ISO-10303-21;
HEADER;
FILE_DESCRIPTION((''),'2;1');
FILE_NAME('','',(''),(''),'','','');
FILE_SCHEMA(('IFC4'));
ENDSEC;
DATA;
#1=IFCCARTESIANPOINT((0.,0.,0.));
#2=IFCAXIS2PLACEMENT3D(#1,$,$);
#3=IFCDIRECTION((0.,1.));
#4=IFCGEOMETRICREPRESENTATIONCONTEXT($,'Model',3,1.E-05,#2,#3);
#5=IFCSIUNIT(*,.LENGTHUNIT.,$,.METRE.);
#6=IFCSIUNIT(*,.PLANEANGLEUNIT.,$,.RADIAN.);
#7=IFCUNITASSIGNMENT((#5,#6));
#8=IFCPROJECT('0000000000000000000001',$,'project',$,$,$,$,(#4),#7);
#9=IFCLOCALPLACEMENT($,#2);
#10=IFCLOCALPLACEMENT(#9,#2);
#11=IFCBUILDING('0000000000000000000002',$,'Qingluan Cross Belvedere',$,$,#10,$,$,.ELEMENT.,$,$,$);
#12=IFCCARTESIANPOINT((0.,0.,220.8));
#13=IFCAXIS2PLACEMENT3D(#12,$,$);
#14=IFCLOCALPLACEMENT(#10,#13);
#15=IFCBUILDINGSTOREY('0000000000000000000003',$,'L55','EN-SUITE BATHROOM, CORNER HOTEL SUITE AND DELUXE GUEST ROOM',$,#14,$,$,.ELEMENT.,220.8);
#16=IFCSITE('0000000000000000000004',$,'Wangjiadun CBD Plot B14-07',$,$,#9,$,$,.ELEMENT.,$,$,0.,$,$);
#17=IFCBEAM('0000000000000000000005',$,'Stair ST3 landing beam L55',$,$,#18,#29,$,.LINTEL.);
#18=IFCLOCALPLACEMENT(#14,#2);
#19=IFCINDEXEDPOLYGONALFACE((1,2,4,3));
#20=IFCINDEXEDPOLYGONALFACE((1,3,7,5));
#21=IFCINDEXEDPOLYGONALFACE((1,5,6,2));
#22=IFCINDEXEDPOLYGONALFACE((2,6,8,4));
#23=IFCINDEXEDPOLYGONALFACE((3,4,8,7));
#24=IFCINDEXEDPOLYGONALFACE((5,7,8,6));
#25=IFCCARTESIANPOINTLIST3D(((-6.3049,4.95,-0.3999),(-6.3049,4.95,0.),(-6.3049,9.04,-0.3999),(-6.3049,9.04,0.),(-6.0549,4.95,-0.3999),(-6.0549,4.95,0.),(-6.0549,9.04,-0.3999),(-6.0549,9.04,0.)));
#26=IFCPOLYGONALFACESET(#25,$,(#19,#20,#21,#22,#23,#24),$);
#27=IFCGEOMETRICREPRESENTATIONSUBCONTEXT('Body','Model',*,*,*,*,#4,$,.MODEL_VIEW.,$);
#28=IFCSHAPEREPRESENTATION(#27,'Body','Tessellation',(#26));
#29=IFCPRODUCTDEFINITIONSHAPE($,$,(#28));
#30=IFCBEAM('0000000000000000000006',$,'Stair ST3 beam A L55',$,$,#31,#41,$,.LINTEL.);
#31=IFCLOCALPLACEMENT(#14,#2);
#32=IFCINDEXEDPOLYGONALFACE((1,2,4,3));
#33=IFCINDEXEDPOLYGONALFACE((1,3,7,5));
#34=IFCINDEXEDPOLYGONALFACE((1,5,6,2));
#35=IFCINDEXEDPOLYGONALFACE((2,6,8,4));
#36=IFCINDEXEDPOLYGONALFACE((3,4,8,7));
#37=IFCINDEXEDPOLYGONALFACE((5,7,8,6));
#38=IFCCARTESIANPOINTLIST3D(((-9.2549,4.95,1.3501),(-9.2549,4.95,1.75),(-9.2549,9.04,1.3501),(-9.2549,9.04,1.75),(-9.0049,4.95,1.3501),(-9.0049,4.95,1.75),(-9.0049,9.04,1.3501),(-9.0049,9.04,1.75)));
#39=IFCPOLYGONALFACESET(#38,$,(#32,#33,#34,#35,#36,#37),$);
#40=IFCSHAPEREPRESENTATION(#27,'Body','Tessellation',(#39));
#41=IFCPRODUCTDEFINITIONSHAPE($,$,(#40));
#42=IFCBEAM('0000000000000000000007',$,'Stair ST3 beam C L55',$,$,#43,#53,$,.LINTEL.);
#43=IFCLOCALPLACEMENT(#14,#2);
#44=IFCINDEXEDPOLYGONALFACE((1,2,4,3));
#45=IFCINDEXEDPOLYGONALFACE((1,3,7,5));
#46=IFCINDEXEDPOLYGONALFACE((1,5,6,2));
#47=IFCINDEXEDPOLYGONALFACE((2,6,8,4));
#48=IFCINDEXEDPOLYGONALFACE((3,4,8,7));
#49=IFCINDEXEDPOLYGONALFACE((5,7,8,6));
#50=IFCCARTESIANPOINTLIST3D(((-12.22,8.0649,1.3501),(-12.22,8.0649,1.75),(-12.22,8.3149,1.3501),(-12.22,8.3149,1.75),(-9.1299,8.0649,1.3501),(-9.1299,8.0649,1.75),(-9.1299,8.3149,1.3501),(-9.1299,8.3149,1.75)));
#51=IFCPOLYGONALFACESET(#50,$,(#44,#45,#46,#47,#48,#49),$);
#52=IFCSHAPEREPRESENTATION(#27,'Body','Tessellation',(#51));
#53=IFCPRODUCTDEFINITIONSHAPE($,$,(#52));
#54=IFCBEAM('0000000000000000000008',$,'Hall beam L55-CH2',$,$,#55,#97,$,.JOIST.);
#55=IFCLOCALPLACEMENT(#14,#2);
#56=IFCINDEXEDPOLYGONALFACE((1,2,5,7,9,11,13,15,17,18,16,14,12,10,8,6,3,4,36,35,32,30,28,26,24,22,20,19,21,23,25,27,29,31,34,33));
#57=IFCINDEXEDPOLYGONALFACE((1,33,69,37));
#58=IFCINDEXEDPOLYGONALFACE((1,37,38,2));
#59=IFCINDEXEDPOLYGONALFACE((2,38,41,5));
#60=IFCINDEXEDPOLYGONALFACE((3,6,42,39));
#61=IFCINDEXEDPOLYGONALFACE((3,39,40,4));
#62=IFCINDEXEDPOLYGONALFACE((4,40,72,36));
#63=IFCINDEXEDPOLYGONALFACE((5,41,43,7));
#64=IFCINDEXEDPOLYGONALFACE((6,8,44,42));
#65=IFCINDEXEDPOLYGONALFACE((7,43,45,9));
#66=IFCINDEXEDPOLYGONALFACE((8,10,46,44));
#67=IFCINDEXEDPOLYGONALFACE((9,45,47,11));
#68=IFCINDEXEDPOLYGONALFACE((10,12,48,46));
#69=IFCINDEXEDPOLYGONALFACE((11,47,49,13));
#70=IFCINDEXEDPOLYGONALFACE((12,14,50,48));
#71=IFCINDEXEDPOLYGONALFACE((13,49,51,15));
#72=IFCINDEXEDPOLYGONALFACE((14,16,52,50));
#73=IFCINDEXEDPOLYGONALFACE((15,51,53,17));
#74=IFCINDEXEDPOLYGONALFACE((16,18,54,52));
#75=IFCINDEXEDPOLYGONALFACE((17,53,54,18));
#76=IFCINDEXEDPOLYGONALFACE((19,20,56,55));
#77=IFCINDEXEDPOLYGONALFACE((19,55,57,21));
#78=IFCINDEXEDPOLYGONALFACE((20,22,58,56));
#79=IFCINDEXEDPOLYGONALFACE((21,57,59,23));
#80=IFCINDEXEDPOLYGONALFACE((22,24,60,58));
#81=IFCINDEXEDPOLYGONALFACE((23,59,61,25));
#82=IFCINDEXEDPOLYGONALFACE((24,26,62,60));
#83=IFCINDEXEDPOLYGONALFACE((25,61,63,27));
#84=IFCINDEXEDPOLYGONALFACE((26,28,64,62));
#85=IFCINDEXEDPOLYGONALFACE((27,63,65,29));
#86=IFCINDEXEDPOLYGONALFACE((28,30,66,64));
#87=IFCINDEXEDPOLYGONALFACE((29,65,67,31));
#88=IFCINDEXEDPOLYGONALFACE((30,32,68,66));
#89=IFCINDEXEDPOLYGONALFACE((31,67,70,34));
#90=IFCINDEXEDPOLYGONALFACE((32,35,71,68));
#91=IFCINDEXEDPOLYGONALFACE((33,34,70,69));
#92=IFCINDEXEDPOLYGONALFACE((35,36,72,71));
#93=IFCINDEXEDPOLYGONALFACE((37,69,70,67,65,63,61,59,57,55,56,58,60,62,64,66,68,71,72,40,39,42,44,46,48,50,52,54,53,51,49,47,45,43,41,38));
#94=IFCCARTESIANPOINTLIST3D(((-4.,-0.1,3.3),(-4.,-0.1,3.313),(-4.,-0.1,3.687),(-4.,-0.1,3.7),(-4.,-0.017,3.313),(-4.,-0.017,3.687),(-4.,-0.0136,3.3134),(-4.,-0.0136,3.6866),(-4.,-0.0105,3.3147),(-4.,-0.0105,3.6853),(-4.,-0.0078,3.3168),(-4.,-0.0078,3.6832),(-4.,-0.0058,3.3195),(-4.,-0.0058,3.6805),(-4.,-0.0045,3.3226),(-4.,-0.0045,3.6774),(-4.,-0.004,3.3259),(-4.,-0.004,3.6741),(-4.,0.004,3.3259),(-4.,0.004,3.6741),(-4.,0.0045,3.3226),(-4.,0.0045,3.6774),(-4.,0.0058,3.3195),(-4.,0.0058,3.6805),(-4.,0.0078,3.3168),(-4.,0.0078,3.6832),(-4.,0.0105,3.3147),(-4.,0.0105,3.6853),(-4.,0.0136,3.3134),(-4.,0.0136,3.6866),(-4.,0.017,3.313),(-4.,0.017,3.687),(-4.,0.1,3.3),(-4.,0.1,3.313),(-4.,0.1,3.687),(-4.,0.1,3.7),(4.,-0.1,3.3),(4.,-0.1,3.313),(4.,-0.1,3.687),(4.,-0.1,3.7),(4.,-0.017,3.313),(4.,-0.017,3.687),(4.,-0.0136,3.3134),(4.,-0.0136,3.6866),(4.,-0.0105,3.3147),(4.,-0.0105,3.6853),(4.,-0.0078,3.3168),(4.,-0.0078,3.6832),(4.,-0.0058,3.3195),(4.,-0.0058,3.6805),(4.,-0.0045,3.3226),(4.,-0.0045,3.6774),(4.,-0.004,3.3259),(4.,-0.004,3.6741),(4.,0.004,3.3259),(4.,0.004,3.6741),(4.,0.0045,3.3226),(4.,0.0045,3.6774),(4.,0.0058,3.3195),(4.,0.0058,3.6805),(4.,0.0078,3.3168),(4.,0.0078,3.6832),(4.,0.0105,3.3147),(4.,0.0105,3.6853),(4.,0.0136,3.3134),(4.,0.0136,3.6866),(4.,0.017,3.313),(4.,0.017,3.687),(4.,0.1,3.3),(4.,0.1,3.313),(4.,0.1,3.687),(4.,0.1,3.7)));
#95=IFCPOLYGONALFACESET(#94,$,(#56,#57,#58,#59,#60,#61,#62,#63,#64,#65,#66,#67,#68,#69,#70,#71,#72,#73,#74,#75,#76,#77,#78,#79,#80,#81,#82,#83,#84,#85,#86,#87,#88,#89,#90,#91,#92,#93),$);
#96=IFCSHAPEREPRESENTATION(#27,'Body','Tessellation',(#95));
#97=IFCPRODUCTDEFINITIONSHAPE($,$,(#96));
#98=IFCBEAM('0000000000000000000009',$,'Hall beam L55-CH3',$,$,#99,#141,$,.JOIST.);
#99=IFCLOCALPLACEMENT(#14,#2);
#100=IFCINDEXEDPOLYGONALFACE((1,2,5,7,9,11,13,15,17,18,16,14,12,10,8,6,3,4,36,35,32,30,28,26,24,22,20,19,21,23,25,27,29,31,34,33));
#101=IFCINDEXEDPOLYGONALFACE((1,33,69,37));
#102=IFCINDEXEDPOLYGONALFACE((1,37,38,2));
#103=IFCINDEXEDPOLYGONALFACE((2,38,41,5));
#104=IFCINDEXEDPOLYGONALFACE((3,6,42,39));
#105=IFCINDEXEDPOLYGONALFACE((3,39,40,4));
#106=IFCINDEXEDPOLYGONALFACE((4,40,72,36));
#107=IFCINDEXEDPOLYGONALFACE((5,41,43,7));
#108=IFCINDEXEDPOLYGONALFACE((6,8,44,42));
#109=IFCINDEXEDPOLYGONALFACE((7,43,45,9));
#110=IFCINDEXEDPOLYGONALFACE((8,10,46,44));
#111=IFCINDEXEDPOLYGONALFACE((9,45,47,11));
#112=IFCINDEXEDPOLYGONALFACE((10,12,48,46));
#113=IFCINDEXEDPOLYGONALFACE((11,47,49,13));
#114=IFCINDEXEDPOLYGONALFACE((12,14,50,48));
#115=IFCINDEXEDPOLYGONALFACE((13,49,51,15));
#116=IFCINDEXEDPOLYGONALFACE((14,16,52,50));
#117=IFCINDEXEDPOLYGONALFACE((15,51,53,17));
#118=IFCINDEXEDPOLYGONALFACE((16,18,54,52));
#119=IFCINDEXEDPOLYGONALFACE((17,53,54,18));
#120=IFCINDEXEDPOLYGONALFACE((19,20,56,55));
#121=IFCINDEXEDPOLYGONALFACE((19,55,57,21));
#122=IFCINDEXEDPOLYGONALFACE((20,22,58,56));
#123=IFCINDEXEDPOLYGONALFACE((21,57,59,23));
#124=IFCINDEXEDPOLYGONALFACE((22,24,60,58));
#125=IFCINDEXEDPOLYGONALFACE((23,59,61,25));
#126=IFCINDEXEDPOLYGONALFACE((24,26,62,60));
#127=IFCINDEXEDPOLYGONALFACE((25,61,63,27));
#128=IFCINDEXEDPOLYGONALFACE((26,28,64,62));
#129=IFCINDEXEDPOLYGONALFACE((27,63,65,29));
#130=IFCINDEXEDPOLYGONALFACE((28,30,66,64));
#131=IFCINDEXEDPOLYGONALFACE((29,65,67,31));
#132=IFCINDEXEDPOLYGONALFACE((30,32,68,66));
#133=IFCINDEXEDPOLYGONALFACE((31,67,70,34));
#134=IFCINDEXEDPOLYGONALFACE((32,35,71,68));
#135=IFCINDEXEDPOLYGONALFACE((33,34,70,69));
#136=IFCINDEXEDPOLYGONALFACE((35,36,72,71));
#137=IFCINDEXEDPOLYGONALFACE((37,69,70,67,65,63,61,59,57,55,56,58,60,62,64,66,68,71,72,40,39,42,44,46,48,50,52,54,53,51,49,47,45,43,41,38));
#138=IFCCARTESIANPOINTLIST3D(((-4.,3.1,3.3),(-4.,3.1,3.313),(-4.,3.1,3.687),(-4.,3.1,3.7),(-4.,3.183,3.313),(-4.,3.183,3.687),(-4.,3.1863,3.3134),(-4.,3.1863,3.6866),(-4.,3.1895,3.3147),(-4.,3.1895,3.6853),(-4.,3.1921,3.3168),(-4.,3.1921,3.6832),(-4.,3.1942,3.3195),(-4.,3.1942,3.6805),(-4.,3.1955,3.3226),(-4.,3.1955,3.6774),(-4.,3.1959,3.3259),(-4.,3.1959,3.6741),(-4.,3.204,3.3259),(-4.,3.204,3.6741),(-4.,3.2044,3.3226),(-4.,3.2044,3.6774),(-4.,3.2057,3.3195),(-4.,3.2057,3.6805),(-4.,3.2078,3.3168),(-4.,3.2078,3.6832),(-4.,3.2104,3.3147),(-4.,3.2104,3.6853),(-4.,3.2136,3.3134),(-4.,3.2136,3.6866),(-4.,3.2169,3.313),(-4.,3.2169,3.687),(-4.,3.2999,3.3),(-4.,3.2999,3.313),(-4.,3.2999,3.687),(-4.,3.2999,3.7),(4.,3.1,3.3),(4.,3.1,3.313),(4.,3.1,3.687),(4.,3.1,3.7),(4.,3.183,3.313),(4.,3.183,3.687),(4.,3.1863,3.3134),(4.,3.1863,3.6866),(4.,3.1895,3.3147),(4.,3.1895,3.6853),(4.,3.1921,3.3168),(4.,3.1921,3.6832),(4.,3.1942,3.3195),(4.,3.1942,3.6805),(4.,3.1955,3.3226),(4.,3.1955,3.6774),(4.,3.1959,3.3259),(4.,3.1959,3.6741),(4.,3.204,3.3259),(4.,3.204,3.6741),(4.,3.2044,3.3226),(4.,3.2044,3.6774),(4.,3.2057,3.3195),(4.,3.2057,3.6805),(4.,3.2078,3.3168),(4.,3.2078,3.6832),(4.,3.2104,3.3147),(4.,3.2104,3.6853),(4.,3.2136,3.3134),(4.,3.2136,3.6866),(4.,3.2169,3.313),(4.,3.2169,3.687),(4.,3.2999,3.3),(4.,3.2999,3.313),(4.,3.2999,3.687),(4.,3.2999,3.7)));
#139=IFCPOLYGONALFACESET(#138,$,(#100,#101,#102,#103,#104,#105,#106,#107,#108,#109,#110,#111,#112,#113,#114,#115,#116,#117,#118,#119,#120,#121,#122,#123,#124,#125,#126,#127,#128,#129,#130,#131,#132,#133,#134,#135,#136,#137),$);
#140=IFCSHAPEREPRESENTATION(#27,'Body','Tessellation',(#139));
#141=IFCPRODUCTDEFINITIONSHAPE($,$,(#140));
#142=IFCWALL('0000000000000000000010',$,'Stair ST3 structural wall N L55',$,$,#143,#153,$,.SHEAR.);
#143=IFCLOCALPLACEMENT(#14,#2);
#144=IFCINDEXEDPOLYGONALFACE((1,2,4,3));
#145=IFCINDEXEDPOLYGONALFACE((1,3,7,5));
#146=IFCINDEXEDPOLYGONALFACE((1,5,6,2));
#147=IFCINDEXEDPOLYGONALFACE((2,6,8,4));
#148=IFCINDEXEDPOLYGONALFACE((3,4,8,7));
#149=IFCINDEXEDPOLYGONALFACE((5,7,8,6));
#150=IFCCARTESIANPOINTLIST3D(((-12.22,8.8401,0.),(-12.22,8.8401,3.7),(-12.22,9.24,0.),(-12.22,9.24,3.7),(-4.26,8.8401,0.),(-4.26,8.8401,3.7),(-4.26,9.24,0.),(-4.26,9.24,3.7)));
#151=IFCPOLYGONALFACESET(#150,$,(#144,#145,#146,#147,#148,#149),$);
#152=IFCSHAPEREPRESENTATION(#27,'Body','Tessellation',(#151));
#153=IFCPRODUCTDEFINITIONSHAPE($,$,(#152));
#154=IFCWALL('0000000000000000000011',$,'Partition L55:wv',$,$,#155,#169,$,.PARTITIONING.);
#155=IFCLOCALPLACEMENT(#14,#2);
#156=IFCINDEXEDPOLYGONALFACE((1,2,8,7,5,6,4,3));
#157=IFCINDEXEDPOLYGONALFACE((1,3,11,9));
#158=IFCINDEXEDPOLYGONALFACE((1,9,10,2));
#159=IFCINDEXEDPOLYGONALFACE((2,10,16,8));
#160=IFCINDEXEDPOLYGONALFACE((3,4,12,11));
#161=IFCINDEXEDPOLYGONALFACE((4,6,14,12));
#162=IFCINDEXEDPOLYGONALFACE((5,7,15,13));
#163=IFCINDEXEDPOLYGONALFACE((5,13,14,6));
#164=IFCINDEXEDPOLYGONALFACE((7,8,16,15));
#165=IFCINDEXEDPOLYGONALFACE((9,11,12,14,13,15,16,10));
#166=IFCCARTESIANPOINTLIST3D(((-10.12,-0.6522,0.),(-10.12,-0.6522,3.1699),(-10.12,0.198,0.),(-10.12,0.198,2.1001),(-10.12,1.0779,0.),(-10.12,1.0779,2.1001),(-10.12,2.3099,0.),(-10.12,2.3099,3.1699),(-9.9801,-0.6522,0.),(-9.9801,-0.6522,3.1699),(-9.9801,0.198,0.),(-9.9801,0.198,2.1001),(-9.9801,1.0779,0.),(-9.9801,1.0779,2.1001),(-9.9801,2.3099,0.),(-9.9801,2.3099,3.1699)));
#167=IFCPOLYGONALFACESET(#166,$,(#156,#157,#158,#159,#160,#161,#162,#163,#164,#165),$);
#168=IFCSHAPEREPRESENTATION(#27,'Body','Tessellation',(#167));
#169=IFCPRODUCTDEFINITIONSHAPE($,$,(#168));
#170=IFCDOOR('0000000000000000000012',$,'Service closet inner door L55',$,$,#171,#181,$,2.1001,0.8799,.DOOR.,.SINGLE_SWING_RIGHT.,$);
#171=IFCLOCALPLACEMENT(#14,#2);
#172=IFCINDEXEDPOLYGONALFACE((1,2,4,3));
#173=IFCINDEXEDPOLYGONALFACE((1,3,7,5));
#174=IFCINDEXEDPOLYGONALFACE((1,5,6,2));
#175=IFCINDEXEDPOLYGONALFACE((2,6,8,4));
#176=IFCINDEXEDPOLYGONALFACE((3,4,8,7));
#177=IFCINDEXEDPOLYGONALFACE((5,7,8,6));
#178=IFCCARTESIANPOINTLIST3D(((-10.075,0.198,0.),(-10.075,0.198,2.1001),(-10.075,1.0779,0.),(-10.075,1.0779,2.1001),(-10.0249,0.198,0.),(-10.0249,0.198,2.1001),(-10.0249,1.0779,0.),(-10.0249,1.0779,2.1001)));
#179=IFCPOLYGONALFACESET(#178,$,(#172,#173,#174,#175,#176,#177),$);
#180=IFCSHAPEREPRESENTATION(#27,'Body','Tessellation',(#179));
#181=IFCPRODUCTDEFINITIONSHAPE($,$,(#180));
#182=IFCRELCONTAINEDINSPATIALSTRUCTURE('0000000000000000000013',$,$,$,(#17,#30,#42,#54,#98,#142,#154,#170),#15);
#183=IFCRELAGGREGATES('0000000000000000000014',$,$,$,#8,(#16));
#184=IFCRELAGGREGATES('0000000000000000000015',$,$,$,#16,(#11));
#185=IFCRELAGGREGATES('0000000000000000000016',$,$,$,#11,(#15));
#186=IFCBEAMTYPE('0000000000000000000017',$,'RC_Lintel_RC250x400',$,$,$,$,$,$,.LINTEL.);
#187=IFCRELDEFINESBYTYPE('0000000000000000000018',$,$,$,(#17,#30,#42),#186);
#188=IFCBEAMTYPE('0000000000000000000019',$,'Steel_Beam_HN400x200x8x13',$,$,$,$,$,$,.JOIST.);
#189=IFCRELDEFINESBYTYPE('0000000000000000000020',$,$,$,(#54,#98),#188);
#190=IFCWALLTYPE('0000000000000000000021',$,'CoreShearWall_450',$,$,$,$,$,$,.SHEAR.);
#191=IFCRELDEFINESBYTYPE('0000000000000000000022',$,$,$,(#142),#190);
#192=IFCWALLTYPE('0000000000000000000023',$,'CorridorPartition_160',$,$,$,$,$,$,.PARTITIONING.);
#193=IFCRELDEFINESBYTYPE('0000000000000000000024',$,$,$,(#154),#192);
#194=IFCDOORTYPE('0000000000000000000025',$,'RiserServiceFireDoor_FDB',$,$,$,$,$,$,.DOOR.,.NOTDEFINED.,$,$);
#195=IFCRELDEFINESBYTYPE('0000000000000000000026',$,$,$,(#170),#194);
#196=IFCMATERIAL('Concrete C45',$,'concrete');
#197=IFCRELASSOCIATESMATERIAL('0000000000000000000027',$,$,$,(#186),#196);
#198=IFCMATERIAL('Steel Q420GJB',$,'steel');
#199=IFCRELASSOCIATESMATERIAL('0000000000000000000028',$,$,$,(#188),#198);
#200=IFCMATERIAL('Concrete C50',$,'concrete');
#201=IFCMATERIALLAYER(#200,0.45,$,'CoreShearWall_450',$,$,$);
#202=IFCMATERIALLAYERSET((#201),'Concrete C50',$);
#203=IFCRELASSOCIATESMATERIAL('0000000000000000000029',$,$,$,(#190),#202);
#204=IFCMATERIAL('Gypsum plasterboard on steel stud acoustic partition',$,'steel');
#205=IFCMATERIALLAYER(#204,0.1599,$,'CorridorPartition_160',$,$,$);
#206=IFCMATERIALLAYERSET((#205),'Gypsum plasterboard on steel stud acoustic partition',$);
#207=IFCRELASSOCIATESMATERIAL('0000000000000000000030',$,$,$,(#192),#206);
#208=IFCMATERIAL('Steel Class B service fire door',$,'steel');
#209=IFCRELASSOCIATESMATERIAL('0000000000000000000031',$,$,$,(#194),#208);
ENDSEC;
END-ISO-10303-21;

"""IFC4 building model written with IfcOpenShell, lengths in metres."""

from ifc_helpers import new_model, si_unit, direction, frame, frame_2d, origin, origin_2d, place, context, subcontext, project, spatial, rectangle, i_section, extrude, material, layer, layer_set, material_profile, profile_set, type_object, element, fill, save


model = new_model("IFC4")

# Units and contexts
model_context = context("Model", 3, precision=1e-05, world=origin(), true_north=direction((0.0, 1.0)))
body_context = subcontext(model_context, "Body", "Model", "MODEL_VIEW")
ifc_project = project(units=[si_unit("LENGTHUNIT", "METRE"), si_unit("PLANEANGLEUNIT", "RADIAN")], contexts=[model_context])

# Site, building, storey
site_placement = place(None, origin())
site = spatial("IfcSite", under=ifc_project, at=site_placement, Name="Wangjiadun CBD Plot B14-07", CompositionType="ELEMENT", RefElevation=0.0)
building_placement = place(site_placement, origin())
building = spatial("IfcBuilding", under=site, at=building_placement, Name="Qingluan Cross Belvedere", CompositionType="ELEMENT")
storey_placement = place(building_placement, frame((0.0, 0.0, 220.8)))
storey = spatial("IfcBuildingStorey", under=building, at=storey_placement, Name="L55", Description="EN-SUITE BATHROOM, CORNER HOTEL SUITE AND DELUXE GUEST ROOM", CompositionType="ELEMENT", Elevation=220.8)

# Beams
ifc_material_1 = material(Name="Concrete C45", Category="concrete")
ifc_material_profile_1 = material_profile(ifc_material_1, rectangle(XDim=0.25, YDim=0.3999, at=origin_2d()), Name="RC250x400")
ifc_profile_set_1 = profile_set([ifc_material_profile_1], Name="Concrete C45")
beam_type_1 = type_object("IfcBeamType", Name="RC_Lintel_RC250x400", PredefinedType="LINTEL", material=ifc_profile_set_1)
for number, where, z_axis, x_axis, name in (
    (1, (-6.1799, 4.95, -0.2), (0.0, 1.0, 0.0), (-1.0, 0.0, 0.0), "Stair ST3 landing beam L55"),
    (2, (-9.1299, 4.95, 1.55), (0.0, 1.0, 0.0), (-1.0, 0.0, 0.0), "Stair ST3 beam A L55"),
):
    element("IfcBeam", number, at=place(storey_placement, frame(where, z_axis=z_axis, x_axis=x_axis)), inside=storey, type_object=beam_type_1, Name=name, PredefinedType="LINTEL", context=body_context, shape_type="SweptSolid", body=[
        extrude(rectangle(XDim=0.25, YDim=0.3999, at=origin_2d()), origin(), (0.0, 0.0, 1.0), 4.0901),
    ])
beam_placement = place(storey_placement, frame((-12.22, 8.1899, 1.55), z_axis=(1.0, 0.0, 0.0), x_axis=(0.0, 1.0, 0.0)))
element("IfcBeam", 3, at=beam_placement, inside=storey, type_object=beam_type_1, Name="Stair ST3 beam C L55", PredefinedType="LINTEL", context=body_context, shape_type="SweptSolid", body=[
    extrude(rectangle(XDim=0.25, YDim=0.3999, at=origin_2d()), origin(), (0.0, 0.0, 1.0), 3.0901),
])
ifc_material_2 = material(Name="Steel Q420GJB", Category="steel")
ifc_material_profile_2 = material_profile(ifc_material_2, i_section(OverallWidth=0.2, OverallDepth=0.3999, WebThickness=0.0081, FlangeThickness=0.0129, FilletRadius=0.0129, at=origin_2d()), Name="HN400x200x8x13")
ifc_profile_set_2 = profile_set([ifc_material_profile_2], Name="Steel Q420GJB")
beam_type_2 = type_object("IfcBeamType", Name="Steel_Beam_HN400x200x8x13", PredefinedType="JOIST", material=ifc_profile_set_2)
for number, where, z_axis, x_axis, name in (
    (4, (-4.0, 0.0, 3.5), (1.0, 0.0, 0.0), (0.0, 1.0, 0.0), "Hall beam L55-CH2"),
    (5, (-4.0, 3.2, 3.5), (1.0, 0.0, 0.0), (0.0, 1.0, 0.0), "Hall beam L55-CH3"),
):
    element("IfcBeam", number, at=place(storey_placement, frame(where, z_axis=z_axis, x_axis=x_axis)), inside=storey, type_object=beam_type_2, Name=name, PredefinedType="JOIST", context=body_context, shape_type="SweptSolid", body=[
        extrude(i_section(OverallWidth=0.2, OverallDepth=0.3999, WebThickness=0.0081, FlangeThickness=0.0129, FilletRadius=0.0129, at=origin_2d()), origin(), (0.0, 0.0, 1.0), 8.0),
    ])

# Wall
ifc_material_3 = material(Name="Concrete C50", Category="concrete")
ifc_layer_1 = layer(ifc_material_3, 0.45, Name="CoreShearWall_450")
ifc_layer_set_1 = layer_set([ifc_layer_1], Name="Concrete C50")
wall_type_1 = type_object("IfcWallType", Name="CoreShearWall_450", PredefinedType="SHEAR", material=ifc_layer_set_1)
wall_1_placement = place(storey_placement, frame((-12.22, 9.04, 0.0), z_axis=(0.0, 0.0, 1.0), x_axis=(1.0, 0.0, 0.0)))
element("IfcWall", 6, at=wall_1_placement, inside=storey, type_object=wall_type_1, Name="Stair ST3 structural wall N L55", PredefinedType="SHEAR", context=body_context, shape_type="SweptSolid", body=[
    extrude(rectangle(XDim=7.96, YDim=0.3999, at=frame_2d((3.98, 0.0))), origin(), (0.0, 0.0, 1.0), 3.7),
])

# Wall, opening, door
ifc_material_4 = material(Name="Gypsum plasterboard on steel stud acoustic partition", Category="steel")
ifc_layer_2 = layer(ifc_material_4, 0.1599, Name="CorridorPartition_160")
ifc_layer_set_2 = layer_set([ifc_layer_2], Name="Gypsum plasterboard on steel stud acoustic partition")
wall_type_2 = type_object("IfcWallType", Name="CorridorPartition_160", PredefinedType="PARTITIONING", material=ifc_layer_set_2)
wall_2_placement = place(storey_placement, frame((-10.05, -0.6521, 0.0), z_axis=(0.0, 0.0, 1.0), x_axis=(0.0, 1.0, 0.0)))
wall_2 = element("IfcWall", 7, at=wall_2_placement, inside=storey, type_object=wall_type_2, Name="Partition L55:wv", PredefinedType="PARTITIONING", context=body_context, shape_type="SweptSolid", body=[
    extrude(rectangle(XDim=2.9622, YDim=0.1399, at=frame_2d((1.481, 0.0))), origin(), (0.0, 0.0, 1.0), 3.1699),
])
opening_1_placement = place(wall_2_placement, frame((0.8501, 0.0, 0.0)))
opening_1 = element("IfcOpeningElement", 8, at=opening_1_placement, cuts=wall_2, PredefinedType="OPENING", context=body_context, shape_type="SweptSolid", body=[
    extrude(rectangle(XDim=0.8799, YDim=2.1001, at=frame_2d((0.4399, 1.05))), frame((0.0, 0.0798, 0.0), z_axis=(0.0, -1.0, 0.0), x_axis=(1.0, 0.0, 0.0)), (0.0, 0.0, 1.0), 0.1599),
])
ifc_material_5 = material(Name="Steel Class B service fire door", Category="steel")
door_type_1 = type_object("IfcDoorType", Name="RiserServiceFireDoor_FDB", OperationType="NOTDEFINED", PredefinedType="DOOR", material=ifc_material_5)
door_1_placement = place(opening_1_placement, origin())
door_1 = element("IfcDoor", 9, at=door_1_placement, inside=storey, type_object=door_type_1, Name="Service closet inner door L55", OperationType="SINGLE_SWING_RIGHT", OverallHeight=2.1001, OverallWidth=0.8799, PredefinedType="DOOR", context=body_context, shape_type="SweptSolid", body=[
    extrude(rectangle(XDim=0.8799, YDim=2.1001, at=frame_2d((0.4399, 1.05))), frame((0.0, 0.0249, 0.0), z_axis=(0.0, -1.0, 0.0), x_axis=(1.0, 0.0, 0.0)), (0.0, 0.0, 1.0), 0.05),
])
fill(opening_1, door_1)

save(model, "model.ifc")
